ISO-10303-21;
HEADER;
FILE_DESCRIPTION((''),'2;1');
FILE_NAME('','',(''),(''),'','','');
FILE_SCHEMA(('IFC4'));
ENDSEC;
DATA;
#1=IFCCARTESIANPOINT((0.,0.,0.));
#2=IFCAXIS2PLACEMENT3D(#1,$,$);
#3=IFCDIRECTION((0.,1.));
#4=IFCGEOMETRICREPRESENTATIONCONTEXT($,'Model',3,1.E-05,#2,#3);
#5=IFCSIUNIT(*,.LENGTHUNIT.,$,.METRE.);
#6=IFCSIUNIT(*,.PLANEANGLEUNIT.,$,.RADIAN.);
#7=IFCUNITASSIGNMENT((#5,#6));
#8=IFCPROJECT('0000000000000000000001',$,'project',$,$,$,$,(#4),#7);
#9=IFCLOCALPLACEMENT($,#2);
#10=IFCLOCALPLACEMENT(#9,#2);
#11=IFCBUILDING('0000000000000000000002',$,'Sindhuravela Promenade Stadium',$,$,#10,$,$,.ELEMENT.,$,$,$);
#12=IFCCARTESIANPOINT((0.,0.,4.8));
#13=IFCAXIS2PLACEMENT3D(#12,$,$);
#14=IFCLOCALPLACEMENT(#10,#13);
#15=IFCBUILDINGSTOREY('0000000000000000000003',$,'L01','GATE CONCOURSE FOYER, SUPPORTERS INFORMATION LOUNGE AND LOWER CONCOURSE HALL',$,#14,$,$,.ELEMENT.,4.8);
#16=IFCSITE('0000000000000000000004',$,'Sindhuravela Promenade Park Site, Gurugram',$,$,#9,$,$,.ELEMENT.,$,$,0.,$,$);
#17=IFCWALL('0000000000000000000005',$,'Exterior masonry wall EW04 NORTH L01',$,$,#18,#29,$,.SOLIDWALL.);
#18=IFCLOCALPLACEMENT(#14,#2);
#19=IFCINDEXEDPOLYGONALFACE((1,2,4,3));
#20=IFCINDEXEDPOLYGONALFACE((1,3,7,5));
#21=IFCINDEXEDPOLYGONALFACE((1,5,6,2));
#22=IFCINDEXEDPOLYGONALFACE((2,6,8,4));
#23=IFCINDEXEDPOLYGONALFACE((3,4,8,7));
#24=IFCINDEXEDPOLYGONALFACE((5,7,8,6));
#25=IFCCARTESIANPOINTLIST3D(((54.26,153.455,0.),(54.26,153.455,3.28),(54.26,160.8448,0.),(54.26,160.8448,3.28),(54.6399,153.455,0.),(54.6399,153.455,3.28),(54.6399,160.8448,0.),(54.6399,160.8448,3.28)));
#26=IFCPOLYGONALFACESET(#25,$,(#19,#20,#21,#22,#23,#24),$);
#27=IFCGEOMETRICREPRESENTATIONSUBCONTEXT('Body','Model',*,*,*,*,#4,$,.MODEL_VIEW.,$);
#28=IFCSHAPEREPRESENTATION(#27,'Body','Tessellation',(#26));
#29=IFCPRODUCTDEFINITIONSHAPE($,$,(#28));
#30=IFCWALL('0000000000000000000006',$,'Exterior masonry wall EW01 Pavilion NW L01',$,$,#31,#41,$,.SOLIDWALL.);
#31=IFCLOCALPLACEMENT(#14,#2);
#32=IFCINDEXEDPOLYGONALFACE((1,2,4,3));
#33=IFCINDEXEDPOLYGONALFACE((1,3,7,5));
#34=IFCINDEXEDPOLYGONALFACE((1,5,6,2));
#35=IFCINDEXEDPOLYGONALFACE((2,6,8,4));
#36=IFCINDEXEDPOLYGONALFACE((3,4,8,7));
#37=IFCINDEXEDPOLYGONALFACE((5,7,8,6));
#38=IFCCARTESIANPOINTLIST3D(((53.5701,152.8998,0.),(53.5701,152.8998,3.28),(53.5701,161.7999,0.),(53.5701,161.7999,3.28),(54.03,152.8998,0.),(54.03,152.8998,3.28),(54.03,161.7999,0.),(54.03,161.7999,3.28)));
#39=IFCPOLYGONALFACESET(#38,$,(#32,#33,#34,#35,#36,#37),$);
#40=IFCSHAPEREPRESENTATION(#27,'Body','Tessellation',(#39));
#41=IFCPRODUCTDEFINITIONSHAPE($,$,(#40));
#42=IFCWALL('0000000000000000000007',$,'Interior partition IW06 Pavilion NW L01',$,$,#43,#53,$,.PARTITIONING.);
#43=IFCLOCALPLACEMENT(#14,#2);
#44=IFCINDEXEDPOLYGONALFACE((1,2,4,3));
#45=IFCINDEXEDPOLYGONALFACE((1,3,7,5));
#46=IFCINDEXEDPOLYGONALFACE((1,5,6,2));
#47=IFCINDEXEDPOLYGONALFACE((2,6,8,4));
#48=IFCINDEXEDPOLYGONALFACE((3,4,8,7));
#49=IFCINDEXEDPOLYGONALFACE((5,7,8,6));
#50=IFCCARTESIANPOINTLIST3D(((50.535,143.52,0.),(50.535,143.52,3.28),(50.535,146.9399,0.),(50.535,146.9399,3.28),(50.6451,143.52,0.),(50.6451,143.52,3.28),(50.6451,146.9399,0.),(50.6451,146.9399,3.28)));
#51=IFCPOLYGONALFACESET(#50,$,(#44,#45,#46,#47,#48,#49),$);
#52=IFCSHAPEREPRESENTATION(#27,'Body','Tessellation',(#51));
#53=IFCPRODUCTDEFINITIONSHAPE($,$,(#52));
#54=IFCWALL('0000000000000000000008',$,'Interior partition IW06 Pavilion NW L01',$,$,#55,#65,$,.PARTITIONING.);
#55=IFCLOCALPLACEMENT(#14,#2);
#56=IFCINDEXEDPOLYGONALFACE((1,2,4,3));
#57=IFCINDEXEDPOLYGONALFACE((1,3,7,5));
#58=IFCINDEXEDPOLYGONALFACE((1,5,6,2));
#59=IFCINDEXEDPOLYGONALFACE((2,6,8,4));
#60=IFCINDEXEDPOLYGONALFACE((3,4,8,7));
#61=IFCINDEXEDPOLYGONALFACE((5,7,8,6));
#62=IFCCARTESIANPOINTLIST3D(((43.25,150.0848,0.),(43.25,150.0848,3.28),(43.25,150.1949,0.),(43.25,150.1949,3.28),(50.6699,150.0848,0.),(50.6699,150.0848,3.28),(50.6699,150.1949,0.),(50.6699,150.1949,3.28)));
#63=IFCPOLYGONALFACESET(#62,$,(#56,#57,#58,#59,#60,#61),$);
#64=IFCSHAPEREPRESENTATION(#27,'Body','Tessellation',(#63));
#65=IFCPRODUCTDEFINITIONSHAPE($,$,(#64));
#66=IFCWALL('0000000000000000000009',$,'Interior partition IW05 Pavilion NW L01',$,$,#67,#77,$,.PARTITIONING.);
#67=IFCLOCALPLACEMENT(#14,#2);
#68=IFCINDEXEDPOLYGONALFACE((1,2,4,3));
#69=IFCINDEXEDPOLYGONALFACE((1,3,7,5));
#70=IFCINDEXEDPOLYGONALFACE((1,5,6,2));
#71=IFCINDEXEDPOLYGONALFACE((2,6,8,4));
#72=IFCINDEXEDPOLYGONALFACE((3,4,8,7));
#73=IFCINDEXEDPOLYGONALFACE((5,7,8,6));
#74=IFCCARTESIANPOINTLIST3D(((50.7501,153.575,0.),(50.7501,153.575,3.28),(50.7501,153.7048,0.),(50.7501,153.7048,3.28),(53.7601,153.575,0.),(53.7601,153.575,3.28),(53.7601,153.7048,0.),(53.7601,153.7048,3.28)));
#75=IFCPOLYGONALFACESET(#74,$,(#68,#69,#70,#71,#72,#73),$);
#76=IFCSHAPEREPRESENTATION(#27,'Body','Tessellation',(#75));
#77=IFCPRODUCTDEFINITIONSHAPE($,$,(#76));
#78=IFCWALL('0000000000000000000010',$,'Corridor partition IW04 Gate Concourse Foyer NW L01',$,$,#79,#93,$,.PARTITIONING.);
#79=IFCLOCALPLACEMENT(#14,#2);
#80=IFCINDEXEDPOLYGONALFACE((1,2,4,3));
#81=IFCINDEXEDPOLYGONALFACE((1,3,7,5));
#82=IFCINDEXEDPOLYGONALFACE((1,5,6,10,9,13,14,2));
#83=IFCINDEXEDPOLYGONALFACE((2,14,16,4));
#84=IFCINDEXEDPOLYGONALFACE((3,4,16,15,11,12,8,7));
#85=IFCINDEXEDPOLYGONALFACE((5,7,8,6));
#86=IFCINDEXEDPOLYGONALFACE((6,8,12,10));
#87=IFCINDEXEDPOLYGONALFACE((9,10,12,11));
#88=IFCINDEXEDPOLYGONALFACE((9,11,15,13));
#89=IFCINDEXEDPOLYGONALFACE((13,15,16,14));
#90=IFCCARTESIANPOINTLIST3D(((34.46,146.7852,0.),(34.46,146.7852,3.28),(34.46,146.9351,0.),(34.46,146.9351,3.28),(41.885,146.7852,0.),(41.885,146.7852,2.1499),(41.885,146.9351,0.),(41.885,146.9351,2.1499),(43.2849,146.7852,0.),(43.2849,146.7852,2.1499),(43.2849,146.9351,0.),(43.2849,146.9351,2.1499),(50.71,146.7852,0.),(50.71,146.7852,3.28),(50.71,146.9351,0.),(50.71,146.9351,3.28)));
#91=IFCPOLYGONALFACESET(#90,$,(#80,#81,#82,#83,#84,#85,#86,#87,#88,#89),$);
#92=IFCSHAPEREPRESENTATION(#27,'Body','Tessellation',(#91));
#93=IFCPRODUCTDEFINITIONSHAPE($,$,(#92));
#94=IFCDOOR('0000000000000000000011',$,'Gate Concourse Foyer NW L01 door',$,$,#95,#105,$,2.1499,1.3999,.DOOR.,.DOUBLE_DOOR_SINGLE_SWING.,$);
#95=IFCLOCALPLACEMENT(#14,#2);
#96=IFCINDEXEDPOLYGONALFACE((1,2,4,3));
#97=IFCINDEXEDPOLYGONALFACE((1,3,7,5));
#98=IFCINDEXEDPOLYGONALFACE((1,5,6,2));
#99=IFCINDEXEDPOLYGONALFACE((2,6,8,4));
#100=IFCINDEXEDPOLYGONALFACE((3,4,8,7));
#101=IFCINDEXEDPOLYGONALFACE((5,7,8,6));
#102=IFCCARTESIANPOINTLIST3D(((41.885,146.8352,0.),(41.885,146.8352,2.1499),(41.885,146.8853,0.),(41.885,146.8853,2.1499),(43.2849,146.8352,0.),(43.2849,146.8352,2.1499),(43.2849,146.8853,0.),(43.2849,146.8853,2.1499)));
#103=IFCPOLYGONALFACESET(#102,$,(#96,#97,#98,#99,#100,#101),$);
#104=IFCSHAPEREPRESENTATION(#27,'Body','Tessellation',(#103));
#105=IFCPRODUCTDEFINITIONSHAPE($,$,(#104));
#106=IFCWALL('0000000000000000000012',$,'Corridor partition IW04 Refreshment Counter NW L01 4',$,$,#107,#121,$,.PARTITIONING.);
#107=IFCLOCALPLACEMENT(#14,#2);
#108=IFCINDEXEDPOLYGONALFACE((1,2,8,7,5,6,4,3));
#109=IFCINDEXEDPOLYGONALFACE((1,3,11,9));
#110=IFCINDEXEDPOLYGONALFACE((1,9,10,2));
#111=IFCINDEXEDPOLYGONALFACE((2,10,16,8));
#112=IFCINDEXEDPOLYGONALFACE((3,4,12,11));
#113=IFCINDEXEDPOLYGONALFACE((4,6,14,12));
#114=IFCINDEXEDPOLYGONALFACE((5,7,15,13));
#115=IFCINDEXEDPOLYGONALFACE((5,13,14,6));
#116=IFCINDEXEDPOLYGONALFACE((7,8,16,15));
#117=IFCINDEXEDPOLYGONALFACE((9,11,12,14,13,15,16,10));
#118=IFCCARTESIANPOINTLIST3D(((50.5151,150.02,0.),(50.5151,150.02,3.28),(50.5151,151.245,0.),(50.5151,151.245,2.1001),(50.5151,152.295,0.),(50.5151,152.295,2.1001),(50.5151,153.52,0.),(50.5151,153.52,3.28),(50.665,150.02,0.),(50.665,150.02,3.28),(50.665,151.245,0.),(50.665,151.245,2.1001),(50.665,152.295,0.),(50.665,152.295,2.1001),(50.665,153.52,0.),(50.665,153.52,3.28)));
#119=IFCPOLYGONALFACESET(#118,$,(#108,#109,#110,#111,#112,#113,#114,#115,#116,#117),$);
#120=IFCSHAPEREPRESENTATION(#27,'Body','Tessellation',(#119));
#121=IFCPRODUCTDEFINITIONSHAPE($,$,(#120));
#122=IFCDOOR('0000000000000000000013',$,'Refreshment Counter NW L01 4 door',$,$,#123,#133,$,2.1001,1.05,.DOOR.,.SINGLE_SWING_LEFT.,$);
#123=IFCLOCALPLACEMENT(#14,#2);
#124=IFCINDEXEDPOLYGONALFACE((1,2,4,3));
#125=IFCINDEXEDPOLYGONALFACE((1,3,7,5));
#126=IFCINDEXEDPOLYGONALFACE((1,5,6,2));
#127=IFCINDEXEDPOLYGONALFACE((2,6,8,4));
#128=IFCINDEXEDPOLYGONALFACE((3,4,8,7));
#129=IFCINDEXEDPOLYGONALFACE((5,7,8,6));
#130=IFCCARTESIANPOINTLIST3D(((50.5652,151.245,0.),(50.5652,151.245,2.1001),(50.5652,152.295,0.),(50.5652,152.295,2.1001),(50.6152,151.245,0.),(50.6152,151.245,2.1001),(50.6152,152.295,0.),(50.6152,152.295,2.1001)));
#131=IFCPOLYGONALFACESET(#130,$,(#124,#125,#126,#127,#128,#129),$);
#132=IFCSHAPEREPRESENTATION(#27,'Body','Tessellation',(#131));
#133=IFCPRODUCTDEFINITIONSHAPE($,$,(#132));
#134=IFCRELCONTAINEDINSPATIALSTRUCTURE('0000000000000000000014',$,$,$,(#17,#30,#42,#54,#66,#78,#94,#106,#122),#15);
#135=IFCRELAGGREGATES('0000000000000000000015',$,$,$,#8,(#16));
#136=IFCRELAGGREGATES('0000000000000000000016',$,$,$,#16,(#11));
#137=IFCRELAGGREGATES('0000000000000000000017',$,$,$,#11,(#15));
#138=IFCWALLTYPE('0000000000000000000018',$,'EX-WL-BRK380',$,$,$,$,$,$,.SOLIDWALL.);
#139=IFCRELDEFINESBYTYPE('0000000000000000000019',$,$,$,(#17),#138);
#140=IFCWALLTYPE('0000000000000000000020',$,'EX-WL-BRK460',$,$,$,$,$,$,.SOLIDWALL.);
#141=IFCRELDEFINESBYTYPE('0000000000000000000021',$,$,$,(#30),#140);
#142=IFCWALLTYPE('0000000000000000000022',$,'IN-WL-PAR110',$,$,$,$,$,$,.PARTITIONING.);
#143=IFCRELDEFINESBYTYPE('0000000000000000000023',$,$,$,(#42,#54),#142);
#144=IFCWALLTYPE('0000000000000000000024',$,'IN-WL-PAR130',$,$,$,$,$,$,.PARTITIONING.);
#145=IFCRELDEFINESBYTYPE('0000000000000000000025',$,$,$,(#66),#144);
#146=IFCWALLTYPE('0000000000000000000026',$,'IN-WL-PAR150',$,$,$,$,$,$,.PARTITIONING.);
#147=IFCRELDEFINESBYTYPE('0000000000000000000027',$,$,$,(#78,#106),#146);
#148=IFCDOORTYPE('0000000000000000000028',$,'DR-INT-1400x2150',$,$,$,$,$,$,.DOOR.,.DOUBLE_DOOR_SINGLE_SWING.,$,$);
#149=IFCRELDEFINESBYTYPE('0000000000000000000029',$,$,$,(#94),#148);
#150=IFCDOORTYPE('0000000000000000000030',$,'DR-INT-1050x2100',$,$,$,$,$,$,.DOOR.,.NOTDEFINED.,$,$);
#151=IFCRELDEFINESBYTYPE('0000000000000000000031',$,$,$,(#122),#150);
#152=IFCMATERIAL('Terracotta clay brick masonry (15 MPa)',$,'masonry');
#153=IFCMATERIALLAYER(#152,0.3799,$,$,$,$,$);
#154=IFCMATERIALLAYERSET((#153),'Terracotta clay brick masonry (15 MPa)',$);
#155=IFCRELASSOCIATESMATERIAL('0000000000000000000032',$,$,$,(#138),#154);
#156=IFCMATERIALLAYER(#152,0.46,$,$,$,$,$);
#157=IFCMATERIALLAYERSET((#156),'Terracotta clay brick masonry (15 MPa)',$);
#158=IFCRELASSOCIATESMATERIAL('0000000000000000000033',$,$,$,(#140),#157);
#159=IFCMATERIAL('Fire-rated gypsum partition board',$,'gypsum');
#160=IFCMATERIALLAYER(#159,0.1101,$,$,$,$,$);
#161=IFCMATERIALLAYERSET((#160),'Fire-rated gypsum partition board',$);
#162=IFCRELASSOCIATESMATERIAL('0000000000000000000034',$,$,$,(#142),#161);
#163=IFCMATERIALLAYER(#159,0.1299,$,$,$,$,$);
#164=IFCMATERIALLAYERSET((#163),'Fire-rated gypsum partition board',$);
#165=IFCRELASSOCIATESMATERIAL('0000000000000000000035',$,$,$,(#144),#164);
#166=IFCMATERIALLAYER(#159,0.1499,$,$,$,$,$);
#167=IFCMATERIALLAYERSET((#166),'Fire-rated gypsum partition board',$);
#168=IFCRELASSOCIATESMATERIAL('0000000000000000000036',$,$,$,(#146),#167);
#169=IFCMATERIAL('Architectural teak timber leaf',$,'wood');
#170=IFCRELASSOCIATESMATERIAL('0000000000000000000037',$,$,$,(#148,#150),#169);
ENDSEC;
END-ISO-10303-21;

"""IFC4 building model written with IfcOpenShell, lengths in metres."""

from ifc_helpers import new_model, si_unit, direction, frame, frame_2d, origin, place, context, subcontext, project, spatial, rectangle, extrude, material, layer, layer_set, type_object, element, fill, save


model = new_model("IFC4")

# Units and contexts
model_context = context("Model", 3, precision=1e-05, world=origin(), true_north=direction((0.0, 1.0)))
body_context = subcontext(model_context, "Body", "Model", "MODEL_VIEW")
ifc_project = project(units=[si_unit("LENGTHUNIT", "METRE"), si_unit("PLANEANGLEUNIT", "RADIAN")], contexts=[model_context])

# Site, building, storey
site_placement = place(None, origin())
site = spatial("IfcSite", under=ifc_project, at=site_placement, Name="Sindhuravela Promenade Park Site, Gurugram", CompositionType="ELEMENT", RefElevation=0.0)
building_placement = place(site_placement, origin())
building = spatial("IfcBuilding", under=site, at=building_placement, Name="Sindhuravela Promenade Stadium", CompositionType="ELEMENT")
storey_placement = place(building_placement, frame((0.0, 0.0, 4.8)))
storey = spatial("IfcBuildingStorey", under=building, at=storey_placement, Name="L01", Description="GATE CONCOURSE FOYER, SUPPORTERS INFORMATION LOUNGE AND LOWER CONCOURSE HALL", CompositionType="ELEMENT", Elevation=4.8)

# Walls
ifc_material_1 = material(Name="Terracotta clay brick masonry (15 MPa)", Category="masonry")
ifc_layer_1 = layer(ifc_material_1, 0.3799)
ifc_layer_set_1 = layer_set([ifc_layer_1], Name="Terracotta clay brick masonry (15 MPa)")
wall_type_1 = type_object("IfcWallType", Name="EX-WL-BRK380", PredefinedType="SOLIDWALL", material=ifc_layer_set_1)
wall_1_placement = place(storey_placement, frame((54.45, 153.4551, 0.0), z_axis=(0.0, 0.0, 1.0), x_axis=(0.0, 1.0, 0.0)))
element("IfcWall", 1, at=wall_1_placement, inside=storey, type_object=wall_type_1, Name="Exterior masonry wall EW04 NORTH L01", PredefinedType="SOLIDWALL", context=body_context, shape_type="SweptSolid", body=[
    extrude(rectangle(XDim=7.3899, YDim=0.3799, at=frame_2d((3.6948, 0.0))), origin(), (0.0, 0.0, 1.0), 3.28),
])
ifc_layer_2 = layer(ifc_material_1, 0.46)
ifc_layer_set_2 = layer_set([ifc_layer_2], Name="Terracotta clay brick masonry (15 MPa)")
wall_type_2 = type_object("IfcWallType", Name="EX-WL-BRK460", PredefinedType="SOLIDWALL", material=ifc_layer_set_2)
wall_2_placement = place(storey_placement, frame((53.8, 161.8, 0.0), z_axis=(0.0, 0.0, 1.0), x_axis=(0.0, -1.0, 0.0)))
element("IfcWall", 2, at=wall_2_placement, inside=storey, type_object=wall_type_2, Name="Exterior masonry wall EW01 Pavilion NW L01", PredefinedType="SOLIDWALL", context=body_context, shape_type="SweptSolid", body=[
    extrude(rectangle(XDim=8.9001, YDim=0.46, at=frame_2d((4.4502, 0.0))), origin(), (0.0, 0.0, 1.0), 3.28),
])
ifc_material_2 = material(Name="Fire-rated gypsum partition board", Category="gypsum")
ifc_layer_3 = layer(ifc_material_2, 0.1101)
ifc_layer_set_3 = layer_set([ifc_layer_3], Name="Fire-rated gypsum partition board")
wall_type_3 = type_object("IfcWallType", Name="IN-WL-PAR110", PredefinedType="PARTITIONING", material=ifc_layer_set_3)
wall_3_placement = place(storey_placement, frame((50.5901, 146.9399, 0.0), z_axis=(0.0, 0.0, 1.0), x_axis=(0.0, -1.0, 0.0)))
element("IfcWall", 3, at=wall_3_placement, inside=storey, type_object=wall_type_3, Name="Interior partition IW06 Pavilion NW L01", PredefinedType="PARTITIONING", context=body_context, shape_type="SweptSolid", body=[
    extrude(rectangle(XDim=3.4199, YDim=0.1101, at=frame_2d((1.71, 0.0))), origin(), (0.0, 0.0, 1.0), 3.28),
])
wall_4_placement = place(storey_placement, frame((50.6699, 150.1399, 0.0), z_axis=(0.0, 0.0, 1.0), x_axis=(-1.0, 0.0, 0.0)))
element("IfcWall", 4, at=wall_4_placement, inside=storey, type_object=wall_type_3, Name="Interior partition IW06 Pavilion NW L01", PredefinedType="PARTITIONING", context=body_context, shape_type="SweptSolid", body=[
    extrude(rectangle(XDim=7.4199, YDim=0.1101, at=frame_2d((3.71, 0.0))), origin(), (0.0, 0.0, 1.0), 3.28),
])
ifc_layer_4 = layer(ifc_material_2, 0.1299)
ifc_layer_set_4 = layer_set([ifc_layer_4], Name="Fire-rated gypsum partition board")
wall_type_4 = type_object("IfcWallType", Name="IN-WL-PAR130", PredefinedType="PARTITIONING", material=ifc_layer_set_4)
wall_5_placement = place(storey_placement, frame((53.76, 153.6399, 0.0), z_axis=(0.0, 0.0, 1.0), x_axis=(-1.0, 0.0, 0.0)))
element("IfcWall", 5, at=wall_5_placement, inside=storey, type_object=wall_type_4, Name="Interior partition IW05 Pavilion NW L01", PredefinedType="PARTITIONING", context=body_context, shape_type="SweptSolid", body=[
    extrude(rectangle(XDim=3.01, YDim=0.1299, at=frame_2d((1.5049, 0.0))), origin(), (0.0, 0.0, 1.0), 3.28),
])

# Walls, openings, doors
ifc_layer_5 = layer(ifc_material_2, 0.1499)
ifc_layer_set_5 = layer_set([ifc_layer_5], Name="Fire-rated gypsum partition board")
wall_type_5 = type_object("IfcWallType", Name="IN-WL-PAR150", PredefinedType="PARTITIONING", material=ifc_layer_set_5)
wall_6_placement = place(storey_placement, frame((50.71, 146.8601, 0.0), z_axis=(0.0, 0.0, 1.0), x_axis=(-1.0, 0.0, 0.0)))
wall_6 = element("IfcWall", 6, at=wall_6_placement, inside=storey, type_object=wall_type_5, Name="Corridor partition IW04 Gate Concourse Foyer NW L01", PredefinedType="PARTITIONING", context=body_context, shape_type="SweptSolid", body=[
    extrude(rectangle(XDim=16.25, YDim=0.1499, at=frame_2d((8.125, 0.0))), origin(), (0.0, 0.0, 1.0), 3.28),
])
opening_1_placement = place(wall_6_placement, frame((7.425, 0.0, 0.0)))
opening_1 = element("IfcOpeningElement", 7, at=opening_1_placement, cuts=wall_6, PredefinedType="OPENING", context=body_context, shape_type="SweptSolid", body=[
    extrude(rectangle(XDim=1.3999, YDim=2.1499, at=frame_2d((0.7, 1.075))), frame((0.0, 0.085, 0.0), z_axis=(0.0, -1.0, 0.0), x_axis=(1.0, 0.0, 0.0)), (0.0, 0.0, 1.0), 0.1699),
])
ifc_material_3 = material(Name="Architectural teak timber leaf", Category="wood")
door_type_1 = type_object("IfcDoorType", Name="DR-INT-1400x2150", OperationType="DOUBLE_DOOR_SINGLE_SWING", PredefinedType="DOOR", material=ifc_material_3)
door_1_placement = place(opening_1_placement, origin())
door_1 = element("IfcDoor", 8, at=door_1_placement, inside=storey, type_object=door_type_1, Name="Gate Concourse Foyer NW L01 door", OperationType="DOUBLE_DOOR_SINGLE_SWING", OverallHeight=2.1499, OverallWidth=1.3999, PredefinedType="DOOR", context=body_context, shape_type="SweptSolid", body=[
    extrude(rectangle(XDim=1.3999, YDim=2.1499, at=frame_2d((0.7, 1.075))), frame((0.0, 0.0249, 0.0), z_axis=(0.0, -1.0, 0.0), x_axis=(1.0, 0.0, 0.0)), (0.0, 0.0, 1.0), 0.05),
])
fill(opening_1, door_1)
wall_7_placement = place(storey_placement, frame((50.5901, 150.02, 0.0), z_axis=(0.0, 0.0, 1.0), x_axis=(0.0, 1.0, 0.0)))
wall_7 = element("IfcWall", 9, at=wall_7_placement, inside=storey, type_object=wall_type_5, Name="Corridor partition IW04 Refreshment Counter NW L01 4", PredefinedType="PARTITIONING", context=body_context, shape_type="SweptSolid", body=[
    extrude(rectangle(XDim=3.5, YDim=0.1499, at=frame_2d((1.75, 0.0))), origin(), (0.0, 0.0, 1.0), 3.28),
])
opening_2_placement = place(wall_7_placement, frame((1.2251, 0.0, 0.0)))
opening_2 = element("IfcOpeningElement", 10, at=opening_2_placement, cuts=wall_7, PredefinedType="OPENING", context=body_context, shape_type="SweptSolid", body=[
    extrude(rectangle(XDim=1.05, YDim=2.1001, at=frame_2d((0.5249, 1.05))), frame((0.0, 0.085, 0.0), z_axis=(0.0, -1.0, 0.0), x_axis=(1.0, 0.0, 0.0)), (0.0, 0.0, 1.0), 0.1699),
])
door_type_2 = type_object("IfcDoorType", Name="DR-INT-1050x2100", OperationType="NOTDEFINED", PredefinedType="DOOR", material=ifc_material_3)
door_2_placement = place(opening_2_placement, origin())
door_2 = element("IfcDoor", 11, at=door_2_placement, inside=storey, type_object=door_type_2, Name="Refreshment Counter NW L01 4 door", OperationType="SINGLE_SWING_LEFT", OverallHeight=2.1001, OverallWidth=1.05, PredefinedType="DOOR", context=body_context, shape_type="SweptSolid", body=[
    extrude(rectangle(XDim=1.05, YDim=2.1001, at=frame_2d((0.5249, 1.05))), frame((0.0, 0.0249, 0.0), z_axis=(0.0, -1.0, 0.0), x_axis=(1.0, 0.0, 0.0)), (0.0, 0.0, 1.0), 0.05),
])
fill(opening_2, door_2)

save(model, "model.ifc")
